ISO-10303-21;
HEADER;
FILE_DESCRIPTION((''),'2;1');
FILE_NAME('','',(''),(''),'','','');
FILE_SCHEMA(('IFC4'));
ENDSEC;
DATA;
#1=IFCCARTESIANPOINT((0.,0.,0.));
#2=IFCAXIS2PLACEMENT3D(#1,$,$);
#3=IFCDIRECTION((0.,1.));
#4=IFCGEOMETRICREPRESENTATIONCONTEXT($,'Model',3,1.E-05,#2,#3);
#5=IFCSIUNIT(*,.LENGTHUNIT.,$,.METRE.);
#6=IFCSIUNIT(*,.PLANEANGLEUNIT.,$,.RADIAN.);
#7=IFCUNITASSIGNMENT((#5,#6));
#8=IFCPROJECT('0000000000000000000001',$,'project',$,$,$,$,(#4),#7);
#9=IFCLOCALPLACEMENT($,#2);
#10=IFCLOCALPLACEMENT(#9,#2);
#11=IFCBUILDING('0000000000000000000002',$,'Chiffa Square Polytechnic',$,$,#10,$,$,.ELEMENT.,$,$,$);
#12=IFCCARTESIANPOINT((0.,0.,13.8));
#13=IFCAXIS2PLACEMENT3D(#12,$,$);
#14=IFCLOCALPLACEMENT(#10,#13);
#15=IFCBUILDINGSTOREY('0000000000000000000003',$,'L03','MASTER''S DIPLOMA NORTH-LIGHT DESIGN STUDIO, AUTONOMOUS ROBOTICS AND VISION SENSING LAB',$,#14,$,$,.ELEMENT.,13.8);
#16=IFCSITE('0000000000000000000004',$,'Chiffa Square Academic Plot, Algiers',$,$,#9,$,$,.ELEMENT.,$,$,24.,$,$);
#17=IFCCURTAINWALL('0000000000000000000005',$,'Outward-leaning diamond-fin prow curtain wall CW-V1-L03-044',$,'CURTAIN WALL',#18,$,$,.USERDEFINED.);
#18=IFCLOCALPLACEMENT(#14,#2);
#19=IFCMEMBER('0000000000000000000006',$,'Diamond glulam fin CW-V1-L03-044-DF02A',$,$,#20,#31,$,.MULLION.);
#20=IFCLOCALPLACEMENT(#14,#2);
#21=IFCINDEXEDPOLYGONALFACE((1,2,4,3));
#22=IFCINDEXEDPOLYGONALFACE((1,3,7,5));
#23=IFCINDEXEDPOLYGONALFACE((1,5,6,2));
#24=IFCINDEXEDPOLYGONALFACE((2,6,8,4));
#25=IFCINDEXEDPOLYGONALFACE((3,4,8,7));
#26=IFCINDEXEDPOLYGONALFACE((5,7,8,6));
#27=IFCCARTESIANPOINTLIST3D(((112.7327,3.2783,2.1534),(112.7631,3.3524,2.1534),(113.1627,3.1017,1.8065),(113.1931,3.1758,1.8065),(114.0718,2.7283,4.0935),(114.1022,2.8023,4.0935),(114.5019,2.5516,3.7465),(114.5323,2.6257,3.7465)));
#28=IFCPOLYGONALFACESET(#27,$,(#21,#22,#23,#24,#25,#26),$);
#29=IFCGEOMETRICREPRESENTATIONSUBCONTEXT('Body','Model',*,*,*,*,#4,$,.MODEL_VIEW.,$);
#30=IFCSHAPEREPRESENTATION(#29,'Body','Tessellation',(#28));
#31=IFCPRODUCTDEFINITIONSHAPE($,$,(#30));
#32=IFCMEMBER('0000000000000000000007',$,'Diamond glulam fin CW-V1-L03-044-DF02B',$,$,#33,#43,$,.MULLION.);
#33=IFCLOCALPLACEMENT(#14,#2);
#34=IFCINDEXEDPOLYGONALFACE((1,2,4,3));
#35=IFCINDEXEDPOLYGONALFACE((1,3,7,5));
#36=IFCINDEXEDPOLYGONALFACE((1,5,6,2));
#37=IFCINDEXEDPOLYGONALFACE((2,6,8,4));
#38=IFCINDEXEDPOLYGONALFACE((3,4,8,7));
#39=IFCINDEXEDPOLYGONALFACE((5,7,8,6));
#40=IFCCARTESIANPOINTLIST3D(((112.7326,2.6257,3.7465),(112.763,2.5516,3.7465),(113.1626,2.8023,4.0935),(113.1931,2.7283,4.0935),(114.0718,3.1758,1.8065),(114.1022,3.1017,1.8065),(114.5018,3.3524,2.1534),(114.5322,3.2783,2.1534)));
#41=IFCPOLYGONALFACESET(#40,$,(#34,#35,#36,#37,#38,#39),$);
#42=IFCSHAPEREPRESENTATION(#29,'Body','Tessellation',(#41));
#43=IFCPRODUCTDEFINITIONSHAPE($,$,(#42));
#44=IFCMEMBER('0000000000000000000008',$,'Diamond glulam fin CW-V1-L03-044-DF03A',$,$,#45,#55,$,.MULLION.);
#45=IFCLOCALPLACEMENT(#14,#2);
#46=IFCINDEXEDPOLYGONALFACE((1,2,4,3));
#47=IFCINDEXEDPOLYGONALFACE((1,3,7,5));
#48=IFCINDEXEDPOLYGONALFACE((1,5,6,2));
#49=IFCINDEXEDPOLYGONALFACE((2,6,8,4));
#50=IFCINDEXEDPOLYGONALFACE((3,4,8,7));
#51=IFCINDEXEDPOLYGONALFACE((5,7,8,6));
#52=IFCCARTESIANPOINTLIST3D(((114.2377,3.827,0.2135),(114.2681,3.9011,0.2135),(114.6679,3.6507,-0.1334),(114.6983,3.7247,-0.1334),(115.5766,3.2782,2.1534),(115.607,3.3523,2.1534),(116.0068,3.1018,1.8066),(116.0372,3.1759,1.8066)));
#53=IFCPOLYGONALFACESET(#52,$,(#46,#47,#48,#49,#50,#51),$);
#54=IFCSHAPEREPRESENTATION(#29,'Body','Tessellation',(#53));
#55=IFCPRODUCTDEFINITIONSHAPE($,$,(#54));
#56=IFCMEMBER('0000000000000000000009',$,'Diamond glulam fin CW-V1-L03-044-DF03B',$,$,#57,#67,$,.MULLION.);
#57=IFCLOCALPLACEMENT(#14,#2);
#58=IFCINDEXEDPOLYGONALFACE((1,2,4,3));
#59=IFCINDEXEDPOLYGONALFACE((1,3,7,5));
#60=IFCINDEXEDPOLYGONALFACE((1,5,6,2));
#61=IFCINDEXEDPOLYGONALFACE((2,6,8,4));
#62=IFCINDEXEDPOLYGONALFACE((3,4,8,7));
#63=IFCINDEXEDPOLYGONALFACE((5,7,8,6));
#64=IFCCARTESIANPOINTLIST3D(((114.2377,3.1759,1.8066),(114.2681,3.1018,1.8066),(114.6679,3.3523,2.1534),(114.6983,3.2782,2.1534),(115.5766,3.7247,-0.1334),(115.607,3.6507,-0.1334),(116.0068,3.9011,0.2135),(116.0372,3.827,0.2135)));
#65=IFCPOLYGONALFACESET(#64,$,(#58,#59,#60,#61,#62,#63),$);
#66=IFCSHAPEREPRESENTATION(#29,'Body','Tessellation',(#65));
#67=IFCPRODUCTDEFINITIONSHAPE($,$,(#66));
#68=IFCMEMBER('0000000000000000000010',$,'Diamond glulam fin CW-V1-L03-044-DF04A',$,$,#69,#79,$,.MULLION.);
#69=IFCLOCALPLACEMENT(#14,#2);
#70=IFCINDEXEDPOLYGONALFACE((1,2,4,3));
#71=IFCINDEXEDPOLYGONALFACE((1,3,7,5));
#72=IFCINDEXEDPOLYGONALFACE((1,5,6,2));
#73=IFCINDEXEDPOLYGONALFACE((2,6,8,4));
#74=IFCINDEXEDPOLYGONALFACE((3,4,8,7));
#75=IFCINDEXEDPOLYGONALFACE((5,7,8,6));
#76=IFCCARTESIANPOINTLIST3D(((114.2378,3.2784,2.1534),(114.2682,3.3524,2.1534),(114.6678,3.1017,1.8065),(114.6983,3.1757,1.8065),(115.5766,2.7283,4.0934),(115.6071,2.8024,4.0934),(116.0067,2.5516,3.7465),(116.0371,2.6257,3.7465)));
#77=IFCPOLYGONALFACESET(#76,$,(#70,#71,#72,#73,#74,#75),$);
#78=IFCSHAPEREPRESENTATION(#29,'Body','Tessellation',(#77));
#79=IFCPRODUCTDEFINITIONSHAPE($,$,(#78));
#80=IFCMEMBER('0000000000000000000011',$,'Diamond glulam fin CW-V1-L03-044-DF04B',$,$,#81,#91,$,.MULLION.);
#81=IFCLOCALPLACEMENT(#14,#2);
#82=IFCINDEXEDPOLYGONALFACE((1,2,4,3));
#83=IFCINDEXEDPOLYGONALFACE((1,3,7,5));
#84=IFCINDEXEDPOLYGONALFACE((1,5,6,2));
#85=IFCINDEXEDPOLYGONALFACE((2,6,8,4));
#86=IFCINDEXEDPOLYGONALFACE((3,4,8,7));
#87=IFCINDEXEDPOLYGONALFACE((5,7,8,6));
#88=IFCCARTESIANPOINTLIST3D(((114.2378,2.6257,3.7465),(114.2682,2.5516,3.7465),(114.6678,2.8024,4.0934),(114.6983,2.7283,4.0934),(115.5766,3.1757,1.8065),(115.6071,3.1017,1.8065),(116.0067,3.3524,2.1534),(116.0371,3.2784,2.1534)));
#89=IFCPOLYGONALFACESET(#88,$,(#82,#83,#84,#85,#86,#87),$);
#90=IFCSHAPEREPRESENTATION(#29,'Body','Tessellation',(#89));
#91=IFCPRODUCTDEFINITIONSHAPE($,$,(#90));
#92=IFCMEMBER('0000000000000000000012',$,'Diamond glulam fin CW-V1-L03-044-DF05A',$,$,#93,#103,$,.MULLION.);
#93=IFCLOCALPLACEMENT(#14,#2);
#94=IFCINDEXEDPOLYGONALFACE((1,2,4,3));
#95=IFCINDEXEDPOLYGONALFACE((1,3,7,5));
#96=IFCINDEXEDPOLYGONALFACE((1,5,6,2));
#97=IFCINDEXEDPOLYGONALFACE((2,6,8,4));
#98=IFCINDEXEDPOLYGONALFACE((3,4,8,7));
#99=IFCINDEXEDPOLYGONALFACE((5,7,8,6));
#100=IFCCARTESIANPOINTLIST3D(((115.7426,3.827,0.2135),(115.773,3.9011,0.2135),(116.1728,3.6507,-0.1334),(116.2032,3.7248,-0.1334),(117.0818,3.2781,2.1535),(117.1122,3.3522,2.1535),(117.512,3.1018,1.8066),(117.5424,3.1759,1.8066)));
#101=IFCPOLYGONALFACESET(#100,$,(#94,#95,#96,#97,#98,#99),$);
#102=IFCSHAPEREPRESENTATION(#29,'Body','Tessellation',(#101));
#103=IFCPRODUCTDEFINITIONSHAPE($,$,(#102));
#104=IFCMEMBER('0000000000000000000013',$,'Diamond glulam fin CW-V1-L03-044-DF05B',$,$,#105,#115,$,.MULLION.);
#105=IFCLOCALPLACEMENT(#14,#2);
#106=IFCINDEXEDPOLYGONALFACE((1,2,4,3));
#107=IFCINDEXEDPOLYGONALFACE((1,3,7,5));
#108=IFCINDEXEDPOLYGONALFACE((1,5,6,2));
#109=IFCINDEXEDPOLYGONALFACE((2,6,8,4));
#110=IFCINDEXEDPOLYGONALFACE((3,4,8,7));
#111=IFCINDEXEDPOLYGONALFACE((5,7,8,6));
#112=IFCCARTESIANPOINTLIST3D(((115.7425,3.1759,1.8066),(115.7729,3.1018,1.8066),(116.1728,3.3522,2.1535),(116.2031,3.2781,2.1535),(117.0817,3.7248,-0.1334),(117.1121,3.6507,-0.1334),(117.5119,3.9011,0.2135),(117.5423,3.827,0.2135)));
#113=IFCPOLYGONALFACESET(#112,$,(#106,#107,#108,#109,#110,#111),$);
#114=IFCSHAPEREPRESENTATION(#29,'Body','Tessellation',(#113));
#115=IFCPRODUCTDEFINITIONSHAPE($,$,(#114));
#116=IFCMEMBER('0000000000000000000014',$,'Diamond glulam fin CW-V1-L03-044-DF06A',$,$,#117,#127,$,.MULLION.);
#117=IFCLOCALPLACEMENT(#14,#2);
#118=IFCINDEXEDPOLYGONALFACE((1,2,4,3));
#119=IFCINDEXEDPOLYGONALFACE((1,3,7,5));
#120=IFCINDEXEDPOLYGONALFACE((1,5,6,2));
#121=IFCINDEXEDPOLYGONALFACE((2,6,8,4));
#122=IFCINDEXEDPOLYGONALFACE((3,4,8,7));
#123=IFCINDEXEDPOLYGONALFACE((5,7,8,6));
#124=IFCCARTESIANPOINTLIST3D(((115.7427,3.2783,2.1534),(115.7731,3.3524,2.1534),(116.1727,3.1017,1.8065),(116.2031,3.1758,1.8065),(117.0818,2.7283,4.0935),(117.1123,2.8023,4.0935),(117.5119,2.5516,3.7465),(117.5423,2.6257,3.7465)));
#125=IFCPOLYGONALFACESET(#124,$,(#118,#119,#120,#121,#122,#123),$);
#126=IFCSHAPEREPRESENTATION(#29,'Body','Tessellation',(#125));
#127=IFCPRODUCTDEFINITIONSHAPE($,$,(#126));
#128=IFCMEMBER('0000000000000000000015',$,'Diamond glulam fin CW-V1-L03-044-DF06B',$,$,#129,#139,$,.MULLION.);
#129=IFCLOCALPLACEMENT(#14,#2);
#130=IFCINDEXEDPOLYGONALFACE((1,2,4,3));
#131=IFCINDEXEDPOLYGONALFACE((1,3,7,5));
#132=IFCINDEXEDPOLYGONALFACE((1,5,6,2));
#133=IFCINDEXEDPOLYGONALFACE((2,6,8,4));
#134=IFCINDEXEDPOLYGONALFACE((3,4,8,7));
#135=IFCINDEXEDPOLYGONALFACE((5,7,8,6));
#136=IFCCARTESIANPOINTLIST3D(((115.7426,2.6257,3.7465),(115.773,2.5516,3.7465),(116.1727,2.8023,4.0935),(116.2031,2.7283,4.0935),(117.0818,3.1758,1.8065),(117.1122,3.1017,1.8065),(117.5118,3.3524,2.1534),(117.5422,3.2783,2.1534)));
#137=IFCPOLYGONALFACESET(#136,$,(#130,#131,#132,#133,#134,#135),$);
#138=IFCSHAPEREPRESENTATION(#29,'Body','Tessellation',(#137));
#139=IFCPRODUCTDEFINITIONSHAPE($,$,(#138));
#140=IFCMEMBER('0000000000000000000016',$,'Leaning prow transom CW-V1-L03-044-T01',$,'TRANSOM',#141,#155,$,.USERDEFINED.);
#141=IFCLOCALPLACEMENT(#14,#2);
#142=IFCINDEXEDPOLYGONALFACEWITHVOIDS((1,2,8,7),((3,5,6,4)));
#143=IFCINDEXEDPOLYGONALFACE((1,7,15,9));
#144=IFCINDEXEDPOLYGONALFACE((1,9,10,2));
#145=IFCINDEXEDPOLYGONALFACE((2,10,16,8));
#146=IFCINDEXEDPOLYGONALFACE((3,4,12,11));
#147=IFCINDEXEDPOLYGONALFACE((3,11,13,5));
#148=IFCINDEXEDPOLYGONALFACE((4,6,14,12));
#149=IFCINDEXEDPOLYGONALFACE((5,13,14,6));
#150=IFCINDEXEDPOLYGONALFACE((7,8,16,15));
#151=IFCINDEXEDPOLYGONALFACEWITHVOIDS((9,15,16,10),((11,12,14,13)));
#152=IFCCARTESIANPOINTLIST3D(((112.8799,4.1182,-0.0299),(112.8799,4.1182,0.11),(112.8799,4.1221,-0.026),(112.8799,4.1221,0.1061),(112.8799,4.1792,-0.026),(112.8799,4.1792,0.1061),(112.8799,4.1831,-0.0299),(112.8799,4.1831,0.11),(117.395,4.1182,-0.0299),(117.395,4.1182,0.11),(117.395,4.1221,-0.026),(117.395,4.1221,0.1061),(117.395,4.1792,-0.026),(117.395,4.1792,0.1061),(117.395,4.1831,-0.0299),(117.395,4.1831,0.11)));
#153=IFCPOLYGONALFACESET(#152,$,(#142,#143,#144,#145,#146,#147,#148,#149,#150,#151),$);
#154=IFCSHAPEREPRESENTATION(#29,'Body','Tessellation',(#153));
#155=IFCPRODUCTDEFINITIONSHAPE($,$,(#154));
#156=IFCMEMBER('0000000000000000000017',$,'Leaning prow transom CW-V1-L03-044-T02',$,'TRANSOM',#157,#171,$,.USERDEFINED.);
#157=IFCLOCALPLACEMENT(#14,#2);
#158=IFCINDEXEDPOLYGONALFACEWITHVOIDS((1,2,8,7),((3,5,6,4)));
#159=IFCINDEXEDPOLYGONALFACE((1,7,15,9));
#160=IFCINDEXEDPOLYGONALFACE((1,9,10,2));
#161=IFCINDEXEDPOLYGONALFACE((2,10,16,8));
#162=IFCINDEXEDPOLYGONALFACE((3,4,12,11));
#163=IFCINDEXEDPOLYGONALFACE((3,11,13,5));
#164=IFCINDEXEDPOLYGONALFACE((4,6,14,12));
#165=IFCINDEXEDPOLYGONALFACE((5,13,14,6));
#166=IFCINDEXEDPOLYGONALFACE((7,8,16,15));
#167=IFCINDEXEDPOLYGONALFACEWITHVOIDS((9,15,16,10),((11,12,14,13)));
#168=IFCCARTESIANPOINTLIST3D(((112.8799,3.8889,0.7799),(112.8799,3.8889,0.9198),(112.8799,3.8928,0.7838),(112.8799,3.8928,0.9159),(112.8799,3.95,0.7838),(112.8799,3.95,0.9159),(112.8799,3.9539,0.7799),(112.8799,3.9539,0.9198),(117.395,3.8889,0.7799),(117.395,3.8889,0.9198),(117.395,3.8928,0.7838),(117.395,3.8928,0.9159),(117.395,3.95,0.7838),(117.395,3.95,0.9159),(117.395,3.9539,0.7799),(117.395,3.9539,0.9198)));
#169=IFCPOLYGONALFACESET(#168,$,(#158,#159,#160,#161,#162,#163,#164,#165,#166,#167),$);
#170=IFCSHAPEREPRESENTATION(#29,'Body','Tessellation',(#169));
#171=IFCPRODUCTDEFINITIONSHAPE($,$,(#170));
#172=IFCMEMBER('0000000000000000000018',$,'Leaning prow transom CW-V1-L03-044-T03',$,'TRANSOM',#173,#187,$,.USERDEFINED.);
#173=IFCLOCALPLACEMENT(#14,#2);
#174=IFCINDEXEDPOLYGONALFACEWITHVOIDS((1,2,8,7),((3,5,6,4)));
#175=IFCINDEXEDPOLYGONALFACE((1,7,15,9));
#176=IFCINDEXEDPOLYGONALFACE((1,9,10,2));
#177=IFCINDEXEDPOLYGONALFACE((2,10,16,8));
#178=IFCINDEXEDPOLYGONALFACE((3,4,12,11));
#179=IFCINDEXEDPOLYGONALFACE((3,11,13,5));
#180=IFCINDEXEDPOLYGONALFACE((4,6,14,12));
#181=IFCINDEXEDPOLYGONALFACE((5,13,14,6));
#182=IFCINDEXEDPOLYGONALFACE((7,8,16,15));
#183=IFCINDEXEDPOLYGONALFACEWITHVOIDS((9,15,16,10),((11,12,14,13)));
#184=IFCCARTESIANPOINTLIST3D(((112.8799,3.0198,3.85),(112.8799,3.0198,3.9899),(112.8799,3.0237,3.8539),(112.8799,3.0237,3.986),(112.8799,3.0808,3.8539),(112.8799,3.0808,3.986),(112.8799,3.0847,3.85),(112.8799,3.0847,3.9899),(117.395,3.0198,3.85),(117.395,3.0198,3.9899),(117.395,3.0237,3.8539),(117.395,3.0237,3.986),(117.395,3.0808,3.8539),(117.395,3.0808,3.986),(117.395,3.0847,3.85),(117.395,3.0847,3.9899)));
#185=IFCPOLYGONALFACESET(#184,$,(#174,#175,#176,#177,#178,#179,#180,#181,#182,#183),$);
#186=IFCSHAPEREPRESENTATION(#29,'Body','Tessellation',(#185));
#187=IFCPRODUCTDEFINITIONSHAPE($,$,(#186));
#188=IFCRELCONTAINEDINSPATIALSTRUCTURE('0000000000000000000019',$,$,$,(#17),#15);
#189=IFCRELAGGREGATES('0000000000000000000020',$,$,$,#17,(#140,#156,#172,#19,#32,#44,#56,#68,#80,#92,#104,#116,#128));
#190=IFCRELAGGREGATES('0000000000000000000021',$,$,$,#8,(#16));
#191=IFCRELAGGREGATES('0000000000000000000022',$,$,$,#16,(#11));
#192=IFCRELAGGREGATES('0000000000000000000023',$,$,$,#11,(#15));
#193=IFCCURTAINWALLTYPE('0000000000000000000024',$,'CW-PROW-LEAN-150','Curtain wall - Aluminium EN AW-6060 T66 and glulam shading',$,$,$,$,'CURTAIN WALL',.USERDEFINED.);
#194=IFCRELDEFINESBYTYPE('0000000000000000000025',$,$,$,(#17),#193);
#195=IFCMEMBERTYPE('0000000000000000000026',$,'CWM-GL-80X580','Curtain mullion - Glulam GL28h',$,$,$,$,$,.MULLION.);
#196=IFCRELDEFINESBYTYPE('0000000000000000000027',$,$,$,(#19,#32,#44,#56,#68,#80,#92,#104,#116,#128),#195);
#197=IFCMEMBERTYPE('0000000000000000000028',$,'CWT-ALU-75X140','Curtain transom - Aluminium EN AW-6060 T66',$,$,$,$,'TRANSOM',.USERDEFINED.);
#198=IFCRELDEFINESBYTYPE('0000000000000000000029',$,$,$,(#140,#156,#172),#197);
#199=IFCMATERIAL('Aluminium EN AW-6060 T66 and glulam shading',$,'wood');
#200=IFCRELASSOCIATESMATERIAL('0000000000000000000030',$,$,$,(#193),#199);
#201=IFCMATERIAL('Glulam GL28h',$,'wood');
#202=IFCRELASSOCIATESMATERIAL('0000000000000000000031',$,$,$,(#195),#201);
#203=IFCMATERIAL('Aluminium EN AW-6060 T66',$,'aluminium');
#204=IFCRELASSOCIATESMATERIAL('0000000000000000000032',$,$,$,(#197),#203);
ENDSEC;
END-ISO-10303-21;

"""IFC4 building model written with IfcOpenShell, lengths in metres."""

from ifc_helpers import new_model, si_unit, direction, frame, origin, origin_2d, place, context, subcontext, project, spatial, rectangle, hollow_rectangle, extrude, material, material_profile, profile_set, type_object, element, aggregate, save


model = new_model("IFC4")

# Units and contexts
model_context = context("Model", 3, precision=1e-05, world=origin(), true_north=direction((0.0, 1.0)))
body_context = subcontext(model_context, "Body", "Model", "MODEL_VIEW")
ifc_project = project(units=[si_unit("LENGTHUNIT", "METRE"), si_unit("PLANEANGLEUNIT", "RADIAN")], contexts=[model_context])

# Site, building, storey
site_placement = place(None, origin())
site = spatial("IfcSite", under=ifc_project, at=site_placement, Name="Chiffa Square Academic Plot, Algiers", CompositionType="ELEMENT", RefElevation=24.0)
building_placement = place(site_placement, origin())
building = spatial("IfcBuilding", under=site, at=building_placement, Name="Chiffa Square Polytechnic", CompositionType="ELEMENT")
storey_placement = place(building_placement, frame((0.0, 0.0, 13.8)))
storey = spatial("IfcBuildingStorey", under=building, at=storey_placement, Name="L03", Description="MASTER'S DIPLOMA NORTH-LIGHT DESIGN STUDIO, AUTONOMOUS ROBOTICS AND VISION SENSING LAB", CompositionType="ELEMENT", Elevation=13.8)

# Curtain wall
ifc_material_1 = material(Name="Aluminium EN AW-6060 T66 and glulam shading", Category="wood")
curtain_wall_type_1 = type_object("IfcCurtainWallType", Name="CW-PROW-LEAN-150", Description="Curtain wall - Aluminium EN AW-6060 T66 and glulam shading", ElementType="CURTAIN WALL", PredefinedType="USERDEFINED", material=ifc_material_1)
curtain_wall_1_placement = place(storey_placement, origin())
curtain_wall_1 = element("IfcCurtainWall", 1, at=curtain_wall_1_placement, inside=storey, type_object=curtain_wall_type_1, Name="Outward-leaning diamond-fin prow curtain wall CW-V1-L03-044", ObjectType="CURTAIN WALL", PredefinedType="USERDEFINED")
ifc_material_2 = material(Name="Aluminium EN AW-6060 T66", Category="aluminium")

# Members
ifc_material_3 = material(Name="Glulam GL28h", Category="wood")
ifc_material_profile_1 = material_profile(ifc_material_3, rectangle(XDim=0.0801, YDim=0.5801, at=origin_2d()), Name="GL28h 80x580")
ifc_profile_set_1 = profile_set([ifc_material_profile_1], Name="Glulam GL28h")
member_type_1 = type_object("IfcMemberType", Name="CWM-GL-80X580", Description="Curtain mullion - Glulam GL28h", PredefinedType="MULLION", material=ifc_profile_set_1)
member_1_placement = place(storey_placement, frame((112.9629, 3.2271, 1.98), z_axis=(0.553222, -0.22724, 0.801441), x_axis=(0.379952, 0.925006, 0.0)))
member_1 = element("IfcMember", 2, at=member_1_placement, type_object=member_type_1, Name="Diamond glulam fin CW-V1-L03-044-DF02A", PredefinedType="MULLION", context=body_context, shape_type="SweptSolid", body=[
    extrude(rectangle(XDim=0.0801, YDim=0.5801, at=origin_2d()), origin(), (0.0, 0.0, 1.0), 2.4207),
])
member_2_placement = place(storey_placement, frame((114.302, 3.2271, 1.98), z_axis=(-0.553222, -0.22724, 0.801441), x_axis=(0.379952, -0.925006, 0.0)))
member_2 = element("IfcMember", 3, at=member_2_placement, type_object=member_type_1, Name="Diamond glulam fin CW-V1-L03-044-DF02B", PredefinedType="MULLION", context=body_context, shape_type="SweptSolid", body=[
    extrude(rectangle(XDim=0.0801, YDim=0.5801, at=origin_2d()), origin(), (0.0, 0.0, 1.0), 2.4207),
])
member_3_placement = place(storey_placement, frame((114.468, 3.7759, 0.04), z_axis=(0.553215, -0.226774, 0.801577), x_axis=(0.37929, 0.925278, 0.0)))
member_3 = element("IfcMember", 4, at=member_3_placement, type_object=member_type_1, Name="Diamond glulam fin CW-V1-L03-044-DF03A", PredefinedType="MULLION", context=body_context, shape_type="SweptSolid", body=[
    extrude(rectangle(XDim=0.0801, YDim=0.5801, at=origin_2d()), origin(), (0.0, 0.0, 1.0), 2.4202),
])
member_4_placement = place(storey_placement, frame((115.8069, 3.7759, 0.04), z_axis=(-0.553215, -0.226774, 0.801577), x_axis=(0.37929, -0.925278, 0.0)))
member_4 = element("IfcMember", 5, at=member_4_placement, type_object=member_type_1, Name="Diamond glulam fin CW-V1-L03-044-DF03B", PredefinedType="MULLION", context=body_context, shape_type="SweptSolid", body=[
    extrude(rectangle(XDim=0.0801, YDim=0.5801, at=origin_2d()), origin(), (0.0, 0.0, 1.0), 2.4202),
])
member_5_placement = place(storey_placement, frame((114.468, 3.2271, 1.98), z_axis=(0.553152, -0.227252, 0.801486), x_axis=(0.380012, 0.924982, 0.0)))
member_5 = element("IfcMember", 6, at=member_5_placement, type_object=member_type_1, Name="Diamond glulam fin CW-V1-L03-044-DF04A", PredefinedType="MULLION", context=body_context, shape_type="SweptSolid", body=[
    extrude(rectangle(XDim=0.0801, YDim=0.5801, at=origin_2d()), origin(), (0.0, 0.0, 1.0), 2.4204),
])
member_6_placement = place(storey_placement, frame((115.8069, 3.2271, 1.98), z_axis=(-0.553152, -0.227252, 0.801486), x_axis=(0.380012, -0.924982, 0.0)))
member_6 = element("IfcMember", 7, at=member_6_placement, type_object=member_type_1, Name="Diamond glulam fin CW-V1-L03-044-DF04B", PredefinedType="MULLION", context=body_context, shape_type="SweptSolid", body=[
    extrude(rectangle(XDim=0.0801, YDim=0.5801, at=origin_2d()), origin(), (0.0, 0.0, 1.0), 2.4204),
])
member_7_placement = place(storey_placement, frame((115.9729, 3.7759, 0.04), z_axis=(0.553285, -0.226761, 0.801533), x_axis=(0.379231, 0.925302, 0.0)))
member_7 = element("IfcMember", 8, at=member_7_placement, type_object=member_type_1, Name="Diamond glulam fin CW-V1-L03-044-DF05A", PredefinedType="MULLION", context=body_context, shape_type="SweptSolid", body=[
    extrude(rectangle(XDim=0.0801, YDim=0.5801, at=origin_2d()), origin(), (0.0, 0.0, 1.0), 2.4204),
])
member_8_placement = place(storey_placement, frame((117.312, 3.7759, 0.04), z_axis=(-0.553285, -0.226761, 0.801533), x_axis=(0.379231, -0.925302, 0.0)))
member_8 = element("IfcMember", 9, at=member_8_placement, type_object=member_type_1, Name="Diamond glulam fin CW-V1-L03-044-DF05B", PredefinedType="MULLION", context=body_context, shape_type="SweptSolid", body=[
    extrude(rectangle(XDim=0.0801, YDim=0.5801, at=origin_2d()), origin(), (0.0, 0.0, 1.0), 2.4204),
])
member_9_placement = place(storey_placement, frame((115.9729, 3.2271, 1.98), z_axis=(0.553222, -0.22724, 0.801441), x_axis=(0.379952, 0.925006, 0.0)))
member_9 = element("IfcMember", 10, at=member_9_placement, type_object=member_type_1, Name="Diamond glulam fin CW-V1-L03-044-DF06A", PredefinedType="MULLION", context=body_context, shape_type="SweptSolid", body=[
    extrude(rectangle(XDim=0.0801, YDim=0.5801, at=origin_2d()), origin(), (0.0, 0.0, 1.0), 2.4207),
])
member_10_placement = place(storey_placement, frame((117.312, 3.2271, 1.98), z_axis=(-0.553222, -0.22724, 0.801441), x_axis=(0.379952, -0.925006, 0.0)))
member_10 = element("IfcMember", 11, at=member_10_placement, type_object=member_type_1, Name="Diamond glulam fin CW-V1-L03-044-DF06B", PredefinedType="MULLION", context=body_context, shape_type="SweptSolid", body=[
    extrude(rectangle(XDim=0.0801, YDim=0.5801, at=origin_2d()), origin(), (0.0, 0.0, 1.0), 2.4207),
])
ifc_material_profile_2 = material_profile(ifc_material_2, hollow_rectangle(XDim=0.0649, YDim=0.1399, WallThickness=0.0039, at=origin_2d()), Name="ALU 65x140x4")
ifc_profile_set_2 = profile_set([ifc_material_profile_2], Name="Aluminium EN AW-6060 T66")
member_type_2 = type_object("IfcMemberType", Name="CWT-ALU-75X140", Description="Curtain transom - Aluminium EN AW-6060 T66", ElementType="TRANSOM", PredefinedType="USERDEFINED", material=ifc_profile_set_2)
member_11_placement = place(storey_placement, frame((112.8799, 4.1506, 0.04), z_axis=(1.0, 0.0, 0.0), x_axis=(0.0, 1.0, 0.0)))
member_11 = element("IfcMember", 12, at=member_11_placement, type_object=member_type_2, Name="Leaning prow transom CW-V1-L03-044-T01", ObjectType="TRANSOM", PredefinedType="USERDEFINED", context=body_context, shape_type="SweptSolid", body=[
    extrude(hollow_rectangle(XDim=0.0649, YDim=0.1399, WallThickness=0.0039, at=origin_2d()), origin(), (0.0, 0.0, 1.0), 4.5151),
])
member_12_placement = place(storey_placement, frame((112.8799, 3.9214, 0.8499), z_axis=(1.0, 0.0, 0.0), x_axis=(0.0, 1.0, 0.0)))
member_12 = element("IfcMember", 13, at=member_12_placement, type_object=member_type_2, Name="Leaning prow transom CW-V1-L03-044-T02", ObjectType="TRANSOM", PredefinedType="USERDEFINED", context=body_context, shape_type="SweptSolid", body=[
    extrude(hollow_rectangle(XDim=0.0649, YDim=0.1399, WallThickness=0.0039, at=origin_2d()), origin(), (0.0, 0.0, 1.0), 4.5151),
])
member_13_placement = place(storey_placement, frame((112.8799, 3.0522, 3.9199), z_axis=(1.0, 0.0, 0.0), x_axis=(0.0, 1.0, 0.0)))
member_13 = element("IfcMember", 14, at=member_13_placement, type_object=member_type_2, Name="Leaning prow transom CW-V1-L03-044-T03", ObjectType="TRANSOM", PredefinedType="USERDEFINED", context=body_context, shape_type="SweptSolid", body=[
    extrude(hollow_rectangle(XDim=0.0649, YDim=0.1399, WallThickness=0.0039, at=origin_2d()), origin(), (0.0, 0.0, 1.0), 4.5151),
])

aggregate(curtain_wall_1, [member_11, member_12, member_13, member_1, member_2, member_3, member_4, member_5, member_6, member_7, member_8, member_9, member_10])

save(model, "model.ifc")
